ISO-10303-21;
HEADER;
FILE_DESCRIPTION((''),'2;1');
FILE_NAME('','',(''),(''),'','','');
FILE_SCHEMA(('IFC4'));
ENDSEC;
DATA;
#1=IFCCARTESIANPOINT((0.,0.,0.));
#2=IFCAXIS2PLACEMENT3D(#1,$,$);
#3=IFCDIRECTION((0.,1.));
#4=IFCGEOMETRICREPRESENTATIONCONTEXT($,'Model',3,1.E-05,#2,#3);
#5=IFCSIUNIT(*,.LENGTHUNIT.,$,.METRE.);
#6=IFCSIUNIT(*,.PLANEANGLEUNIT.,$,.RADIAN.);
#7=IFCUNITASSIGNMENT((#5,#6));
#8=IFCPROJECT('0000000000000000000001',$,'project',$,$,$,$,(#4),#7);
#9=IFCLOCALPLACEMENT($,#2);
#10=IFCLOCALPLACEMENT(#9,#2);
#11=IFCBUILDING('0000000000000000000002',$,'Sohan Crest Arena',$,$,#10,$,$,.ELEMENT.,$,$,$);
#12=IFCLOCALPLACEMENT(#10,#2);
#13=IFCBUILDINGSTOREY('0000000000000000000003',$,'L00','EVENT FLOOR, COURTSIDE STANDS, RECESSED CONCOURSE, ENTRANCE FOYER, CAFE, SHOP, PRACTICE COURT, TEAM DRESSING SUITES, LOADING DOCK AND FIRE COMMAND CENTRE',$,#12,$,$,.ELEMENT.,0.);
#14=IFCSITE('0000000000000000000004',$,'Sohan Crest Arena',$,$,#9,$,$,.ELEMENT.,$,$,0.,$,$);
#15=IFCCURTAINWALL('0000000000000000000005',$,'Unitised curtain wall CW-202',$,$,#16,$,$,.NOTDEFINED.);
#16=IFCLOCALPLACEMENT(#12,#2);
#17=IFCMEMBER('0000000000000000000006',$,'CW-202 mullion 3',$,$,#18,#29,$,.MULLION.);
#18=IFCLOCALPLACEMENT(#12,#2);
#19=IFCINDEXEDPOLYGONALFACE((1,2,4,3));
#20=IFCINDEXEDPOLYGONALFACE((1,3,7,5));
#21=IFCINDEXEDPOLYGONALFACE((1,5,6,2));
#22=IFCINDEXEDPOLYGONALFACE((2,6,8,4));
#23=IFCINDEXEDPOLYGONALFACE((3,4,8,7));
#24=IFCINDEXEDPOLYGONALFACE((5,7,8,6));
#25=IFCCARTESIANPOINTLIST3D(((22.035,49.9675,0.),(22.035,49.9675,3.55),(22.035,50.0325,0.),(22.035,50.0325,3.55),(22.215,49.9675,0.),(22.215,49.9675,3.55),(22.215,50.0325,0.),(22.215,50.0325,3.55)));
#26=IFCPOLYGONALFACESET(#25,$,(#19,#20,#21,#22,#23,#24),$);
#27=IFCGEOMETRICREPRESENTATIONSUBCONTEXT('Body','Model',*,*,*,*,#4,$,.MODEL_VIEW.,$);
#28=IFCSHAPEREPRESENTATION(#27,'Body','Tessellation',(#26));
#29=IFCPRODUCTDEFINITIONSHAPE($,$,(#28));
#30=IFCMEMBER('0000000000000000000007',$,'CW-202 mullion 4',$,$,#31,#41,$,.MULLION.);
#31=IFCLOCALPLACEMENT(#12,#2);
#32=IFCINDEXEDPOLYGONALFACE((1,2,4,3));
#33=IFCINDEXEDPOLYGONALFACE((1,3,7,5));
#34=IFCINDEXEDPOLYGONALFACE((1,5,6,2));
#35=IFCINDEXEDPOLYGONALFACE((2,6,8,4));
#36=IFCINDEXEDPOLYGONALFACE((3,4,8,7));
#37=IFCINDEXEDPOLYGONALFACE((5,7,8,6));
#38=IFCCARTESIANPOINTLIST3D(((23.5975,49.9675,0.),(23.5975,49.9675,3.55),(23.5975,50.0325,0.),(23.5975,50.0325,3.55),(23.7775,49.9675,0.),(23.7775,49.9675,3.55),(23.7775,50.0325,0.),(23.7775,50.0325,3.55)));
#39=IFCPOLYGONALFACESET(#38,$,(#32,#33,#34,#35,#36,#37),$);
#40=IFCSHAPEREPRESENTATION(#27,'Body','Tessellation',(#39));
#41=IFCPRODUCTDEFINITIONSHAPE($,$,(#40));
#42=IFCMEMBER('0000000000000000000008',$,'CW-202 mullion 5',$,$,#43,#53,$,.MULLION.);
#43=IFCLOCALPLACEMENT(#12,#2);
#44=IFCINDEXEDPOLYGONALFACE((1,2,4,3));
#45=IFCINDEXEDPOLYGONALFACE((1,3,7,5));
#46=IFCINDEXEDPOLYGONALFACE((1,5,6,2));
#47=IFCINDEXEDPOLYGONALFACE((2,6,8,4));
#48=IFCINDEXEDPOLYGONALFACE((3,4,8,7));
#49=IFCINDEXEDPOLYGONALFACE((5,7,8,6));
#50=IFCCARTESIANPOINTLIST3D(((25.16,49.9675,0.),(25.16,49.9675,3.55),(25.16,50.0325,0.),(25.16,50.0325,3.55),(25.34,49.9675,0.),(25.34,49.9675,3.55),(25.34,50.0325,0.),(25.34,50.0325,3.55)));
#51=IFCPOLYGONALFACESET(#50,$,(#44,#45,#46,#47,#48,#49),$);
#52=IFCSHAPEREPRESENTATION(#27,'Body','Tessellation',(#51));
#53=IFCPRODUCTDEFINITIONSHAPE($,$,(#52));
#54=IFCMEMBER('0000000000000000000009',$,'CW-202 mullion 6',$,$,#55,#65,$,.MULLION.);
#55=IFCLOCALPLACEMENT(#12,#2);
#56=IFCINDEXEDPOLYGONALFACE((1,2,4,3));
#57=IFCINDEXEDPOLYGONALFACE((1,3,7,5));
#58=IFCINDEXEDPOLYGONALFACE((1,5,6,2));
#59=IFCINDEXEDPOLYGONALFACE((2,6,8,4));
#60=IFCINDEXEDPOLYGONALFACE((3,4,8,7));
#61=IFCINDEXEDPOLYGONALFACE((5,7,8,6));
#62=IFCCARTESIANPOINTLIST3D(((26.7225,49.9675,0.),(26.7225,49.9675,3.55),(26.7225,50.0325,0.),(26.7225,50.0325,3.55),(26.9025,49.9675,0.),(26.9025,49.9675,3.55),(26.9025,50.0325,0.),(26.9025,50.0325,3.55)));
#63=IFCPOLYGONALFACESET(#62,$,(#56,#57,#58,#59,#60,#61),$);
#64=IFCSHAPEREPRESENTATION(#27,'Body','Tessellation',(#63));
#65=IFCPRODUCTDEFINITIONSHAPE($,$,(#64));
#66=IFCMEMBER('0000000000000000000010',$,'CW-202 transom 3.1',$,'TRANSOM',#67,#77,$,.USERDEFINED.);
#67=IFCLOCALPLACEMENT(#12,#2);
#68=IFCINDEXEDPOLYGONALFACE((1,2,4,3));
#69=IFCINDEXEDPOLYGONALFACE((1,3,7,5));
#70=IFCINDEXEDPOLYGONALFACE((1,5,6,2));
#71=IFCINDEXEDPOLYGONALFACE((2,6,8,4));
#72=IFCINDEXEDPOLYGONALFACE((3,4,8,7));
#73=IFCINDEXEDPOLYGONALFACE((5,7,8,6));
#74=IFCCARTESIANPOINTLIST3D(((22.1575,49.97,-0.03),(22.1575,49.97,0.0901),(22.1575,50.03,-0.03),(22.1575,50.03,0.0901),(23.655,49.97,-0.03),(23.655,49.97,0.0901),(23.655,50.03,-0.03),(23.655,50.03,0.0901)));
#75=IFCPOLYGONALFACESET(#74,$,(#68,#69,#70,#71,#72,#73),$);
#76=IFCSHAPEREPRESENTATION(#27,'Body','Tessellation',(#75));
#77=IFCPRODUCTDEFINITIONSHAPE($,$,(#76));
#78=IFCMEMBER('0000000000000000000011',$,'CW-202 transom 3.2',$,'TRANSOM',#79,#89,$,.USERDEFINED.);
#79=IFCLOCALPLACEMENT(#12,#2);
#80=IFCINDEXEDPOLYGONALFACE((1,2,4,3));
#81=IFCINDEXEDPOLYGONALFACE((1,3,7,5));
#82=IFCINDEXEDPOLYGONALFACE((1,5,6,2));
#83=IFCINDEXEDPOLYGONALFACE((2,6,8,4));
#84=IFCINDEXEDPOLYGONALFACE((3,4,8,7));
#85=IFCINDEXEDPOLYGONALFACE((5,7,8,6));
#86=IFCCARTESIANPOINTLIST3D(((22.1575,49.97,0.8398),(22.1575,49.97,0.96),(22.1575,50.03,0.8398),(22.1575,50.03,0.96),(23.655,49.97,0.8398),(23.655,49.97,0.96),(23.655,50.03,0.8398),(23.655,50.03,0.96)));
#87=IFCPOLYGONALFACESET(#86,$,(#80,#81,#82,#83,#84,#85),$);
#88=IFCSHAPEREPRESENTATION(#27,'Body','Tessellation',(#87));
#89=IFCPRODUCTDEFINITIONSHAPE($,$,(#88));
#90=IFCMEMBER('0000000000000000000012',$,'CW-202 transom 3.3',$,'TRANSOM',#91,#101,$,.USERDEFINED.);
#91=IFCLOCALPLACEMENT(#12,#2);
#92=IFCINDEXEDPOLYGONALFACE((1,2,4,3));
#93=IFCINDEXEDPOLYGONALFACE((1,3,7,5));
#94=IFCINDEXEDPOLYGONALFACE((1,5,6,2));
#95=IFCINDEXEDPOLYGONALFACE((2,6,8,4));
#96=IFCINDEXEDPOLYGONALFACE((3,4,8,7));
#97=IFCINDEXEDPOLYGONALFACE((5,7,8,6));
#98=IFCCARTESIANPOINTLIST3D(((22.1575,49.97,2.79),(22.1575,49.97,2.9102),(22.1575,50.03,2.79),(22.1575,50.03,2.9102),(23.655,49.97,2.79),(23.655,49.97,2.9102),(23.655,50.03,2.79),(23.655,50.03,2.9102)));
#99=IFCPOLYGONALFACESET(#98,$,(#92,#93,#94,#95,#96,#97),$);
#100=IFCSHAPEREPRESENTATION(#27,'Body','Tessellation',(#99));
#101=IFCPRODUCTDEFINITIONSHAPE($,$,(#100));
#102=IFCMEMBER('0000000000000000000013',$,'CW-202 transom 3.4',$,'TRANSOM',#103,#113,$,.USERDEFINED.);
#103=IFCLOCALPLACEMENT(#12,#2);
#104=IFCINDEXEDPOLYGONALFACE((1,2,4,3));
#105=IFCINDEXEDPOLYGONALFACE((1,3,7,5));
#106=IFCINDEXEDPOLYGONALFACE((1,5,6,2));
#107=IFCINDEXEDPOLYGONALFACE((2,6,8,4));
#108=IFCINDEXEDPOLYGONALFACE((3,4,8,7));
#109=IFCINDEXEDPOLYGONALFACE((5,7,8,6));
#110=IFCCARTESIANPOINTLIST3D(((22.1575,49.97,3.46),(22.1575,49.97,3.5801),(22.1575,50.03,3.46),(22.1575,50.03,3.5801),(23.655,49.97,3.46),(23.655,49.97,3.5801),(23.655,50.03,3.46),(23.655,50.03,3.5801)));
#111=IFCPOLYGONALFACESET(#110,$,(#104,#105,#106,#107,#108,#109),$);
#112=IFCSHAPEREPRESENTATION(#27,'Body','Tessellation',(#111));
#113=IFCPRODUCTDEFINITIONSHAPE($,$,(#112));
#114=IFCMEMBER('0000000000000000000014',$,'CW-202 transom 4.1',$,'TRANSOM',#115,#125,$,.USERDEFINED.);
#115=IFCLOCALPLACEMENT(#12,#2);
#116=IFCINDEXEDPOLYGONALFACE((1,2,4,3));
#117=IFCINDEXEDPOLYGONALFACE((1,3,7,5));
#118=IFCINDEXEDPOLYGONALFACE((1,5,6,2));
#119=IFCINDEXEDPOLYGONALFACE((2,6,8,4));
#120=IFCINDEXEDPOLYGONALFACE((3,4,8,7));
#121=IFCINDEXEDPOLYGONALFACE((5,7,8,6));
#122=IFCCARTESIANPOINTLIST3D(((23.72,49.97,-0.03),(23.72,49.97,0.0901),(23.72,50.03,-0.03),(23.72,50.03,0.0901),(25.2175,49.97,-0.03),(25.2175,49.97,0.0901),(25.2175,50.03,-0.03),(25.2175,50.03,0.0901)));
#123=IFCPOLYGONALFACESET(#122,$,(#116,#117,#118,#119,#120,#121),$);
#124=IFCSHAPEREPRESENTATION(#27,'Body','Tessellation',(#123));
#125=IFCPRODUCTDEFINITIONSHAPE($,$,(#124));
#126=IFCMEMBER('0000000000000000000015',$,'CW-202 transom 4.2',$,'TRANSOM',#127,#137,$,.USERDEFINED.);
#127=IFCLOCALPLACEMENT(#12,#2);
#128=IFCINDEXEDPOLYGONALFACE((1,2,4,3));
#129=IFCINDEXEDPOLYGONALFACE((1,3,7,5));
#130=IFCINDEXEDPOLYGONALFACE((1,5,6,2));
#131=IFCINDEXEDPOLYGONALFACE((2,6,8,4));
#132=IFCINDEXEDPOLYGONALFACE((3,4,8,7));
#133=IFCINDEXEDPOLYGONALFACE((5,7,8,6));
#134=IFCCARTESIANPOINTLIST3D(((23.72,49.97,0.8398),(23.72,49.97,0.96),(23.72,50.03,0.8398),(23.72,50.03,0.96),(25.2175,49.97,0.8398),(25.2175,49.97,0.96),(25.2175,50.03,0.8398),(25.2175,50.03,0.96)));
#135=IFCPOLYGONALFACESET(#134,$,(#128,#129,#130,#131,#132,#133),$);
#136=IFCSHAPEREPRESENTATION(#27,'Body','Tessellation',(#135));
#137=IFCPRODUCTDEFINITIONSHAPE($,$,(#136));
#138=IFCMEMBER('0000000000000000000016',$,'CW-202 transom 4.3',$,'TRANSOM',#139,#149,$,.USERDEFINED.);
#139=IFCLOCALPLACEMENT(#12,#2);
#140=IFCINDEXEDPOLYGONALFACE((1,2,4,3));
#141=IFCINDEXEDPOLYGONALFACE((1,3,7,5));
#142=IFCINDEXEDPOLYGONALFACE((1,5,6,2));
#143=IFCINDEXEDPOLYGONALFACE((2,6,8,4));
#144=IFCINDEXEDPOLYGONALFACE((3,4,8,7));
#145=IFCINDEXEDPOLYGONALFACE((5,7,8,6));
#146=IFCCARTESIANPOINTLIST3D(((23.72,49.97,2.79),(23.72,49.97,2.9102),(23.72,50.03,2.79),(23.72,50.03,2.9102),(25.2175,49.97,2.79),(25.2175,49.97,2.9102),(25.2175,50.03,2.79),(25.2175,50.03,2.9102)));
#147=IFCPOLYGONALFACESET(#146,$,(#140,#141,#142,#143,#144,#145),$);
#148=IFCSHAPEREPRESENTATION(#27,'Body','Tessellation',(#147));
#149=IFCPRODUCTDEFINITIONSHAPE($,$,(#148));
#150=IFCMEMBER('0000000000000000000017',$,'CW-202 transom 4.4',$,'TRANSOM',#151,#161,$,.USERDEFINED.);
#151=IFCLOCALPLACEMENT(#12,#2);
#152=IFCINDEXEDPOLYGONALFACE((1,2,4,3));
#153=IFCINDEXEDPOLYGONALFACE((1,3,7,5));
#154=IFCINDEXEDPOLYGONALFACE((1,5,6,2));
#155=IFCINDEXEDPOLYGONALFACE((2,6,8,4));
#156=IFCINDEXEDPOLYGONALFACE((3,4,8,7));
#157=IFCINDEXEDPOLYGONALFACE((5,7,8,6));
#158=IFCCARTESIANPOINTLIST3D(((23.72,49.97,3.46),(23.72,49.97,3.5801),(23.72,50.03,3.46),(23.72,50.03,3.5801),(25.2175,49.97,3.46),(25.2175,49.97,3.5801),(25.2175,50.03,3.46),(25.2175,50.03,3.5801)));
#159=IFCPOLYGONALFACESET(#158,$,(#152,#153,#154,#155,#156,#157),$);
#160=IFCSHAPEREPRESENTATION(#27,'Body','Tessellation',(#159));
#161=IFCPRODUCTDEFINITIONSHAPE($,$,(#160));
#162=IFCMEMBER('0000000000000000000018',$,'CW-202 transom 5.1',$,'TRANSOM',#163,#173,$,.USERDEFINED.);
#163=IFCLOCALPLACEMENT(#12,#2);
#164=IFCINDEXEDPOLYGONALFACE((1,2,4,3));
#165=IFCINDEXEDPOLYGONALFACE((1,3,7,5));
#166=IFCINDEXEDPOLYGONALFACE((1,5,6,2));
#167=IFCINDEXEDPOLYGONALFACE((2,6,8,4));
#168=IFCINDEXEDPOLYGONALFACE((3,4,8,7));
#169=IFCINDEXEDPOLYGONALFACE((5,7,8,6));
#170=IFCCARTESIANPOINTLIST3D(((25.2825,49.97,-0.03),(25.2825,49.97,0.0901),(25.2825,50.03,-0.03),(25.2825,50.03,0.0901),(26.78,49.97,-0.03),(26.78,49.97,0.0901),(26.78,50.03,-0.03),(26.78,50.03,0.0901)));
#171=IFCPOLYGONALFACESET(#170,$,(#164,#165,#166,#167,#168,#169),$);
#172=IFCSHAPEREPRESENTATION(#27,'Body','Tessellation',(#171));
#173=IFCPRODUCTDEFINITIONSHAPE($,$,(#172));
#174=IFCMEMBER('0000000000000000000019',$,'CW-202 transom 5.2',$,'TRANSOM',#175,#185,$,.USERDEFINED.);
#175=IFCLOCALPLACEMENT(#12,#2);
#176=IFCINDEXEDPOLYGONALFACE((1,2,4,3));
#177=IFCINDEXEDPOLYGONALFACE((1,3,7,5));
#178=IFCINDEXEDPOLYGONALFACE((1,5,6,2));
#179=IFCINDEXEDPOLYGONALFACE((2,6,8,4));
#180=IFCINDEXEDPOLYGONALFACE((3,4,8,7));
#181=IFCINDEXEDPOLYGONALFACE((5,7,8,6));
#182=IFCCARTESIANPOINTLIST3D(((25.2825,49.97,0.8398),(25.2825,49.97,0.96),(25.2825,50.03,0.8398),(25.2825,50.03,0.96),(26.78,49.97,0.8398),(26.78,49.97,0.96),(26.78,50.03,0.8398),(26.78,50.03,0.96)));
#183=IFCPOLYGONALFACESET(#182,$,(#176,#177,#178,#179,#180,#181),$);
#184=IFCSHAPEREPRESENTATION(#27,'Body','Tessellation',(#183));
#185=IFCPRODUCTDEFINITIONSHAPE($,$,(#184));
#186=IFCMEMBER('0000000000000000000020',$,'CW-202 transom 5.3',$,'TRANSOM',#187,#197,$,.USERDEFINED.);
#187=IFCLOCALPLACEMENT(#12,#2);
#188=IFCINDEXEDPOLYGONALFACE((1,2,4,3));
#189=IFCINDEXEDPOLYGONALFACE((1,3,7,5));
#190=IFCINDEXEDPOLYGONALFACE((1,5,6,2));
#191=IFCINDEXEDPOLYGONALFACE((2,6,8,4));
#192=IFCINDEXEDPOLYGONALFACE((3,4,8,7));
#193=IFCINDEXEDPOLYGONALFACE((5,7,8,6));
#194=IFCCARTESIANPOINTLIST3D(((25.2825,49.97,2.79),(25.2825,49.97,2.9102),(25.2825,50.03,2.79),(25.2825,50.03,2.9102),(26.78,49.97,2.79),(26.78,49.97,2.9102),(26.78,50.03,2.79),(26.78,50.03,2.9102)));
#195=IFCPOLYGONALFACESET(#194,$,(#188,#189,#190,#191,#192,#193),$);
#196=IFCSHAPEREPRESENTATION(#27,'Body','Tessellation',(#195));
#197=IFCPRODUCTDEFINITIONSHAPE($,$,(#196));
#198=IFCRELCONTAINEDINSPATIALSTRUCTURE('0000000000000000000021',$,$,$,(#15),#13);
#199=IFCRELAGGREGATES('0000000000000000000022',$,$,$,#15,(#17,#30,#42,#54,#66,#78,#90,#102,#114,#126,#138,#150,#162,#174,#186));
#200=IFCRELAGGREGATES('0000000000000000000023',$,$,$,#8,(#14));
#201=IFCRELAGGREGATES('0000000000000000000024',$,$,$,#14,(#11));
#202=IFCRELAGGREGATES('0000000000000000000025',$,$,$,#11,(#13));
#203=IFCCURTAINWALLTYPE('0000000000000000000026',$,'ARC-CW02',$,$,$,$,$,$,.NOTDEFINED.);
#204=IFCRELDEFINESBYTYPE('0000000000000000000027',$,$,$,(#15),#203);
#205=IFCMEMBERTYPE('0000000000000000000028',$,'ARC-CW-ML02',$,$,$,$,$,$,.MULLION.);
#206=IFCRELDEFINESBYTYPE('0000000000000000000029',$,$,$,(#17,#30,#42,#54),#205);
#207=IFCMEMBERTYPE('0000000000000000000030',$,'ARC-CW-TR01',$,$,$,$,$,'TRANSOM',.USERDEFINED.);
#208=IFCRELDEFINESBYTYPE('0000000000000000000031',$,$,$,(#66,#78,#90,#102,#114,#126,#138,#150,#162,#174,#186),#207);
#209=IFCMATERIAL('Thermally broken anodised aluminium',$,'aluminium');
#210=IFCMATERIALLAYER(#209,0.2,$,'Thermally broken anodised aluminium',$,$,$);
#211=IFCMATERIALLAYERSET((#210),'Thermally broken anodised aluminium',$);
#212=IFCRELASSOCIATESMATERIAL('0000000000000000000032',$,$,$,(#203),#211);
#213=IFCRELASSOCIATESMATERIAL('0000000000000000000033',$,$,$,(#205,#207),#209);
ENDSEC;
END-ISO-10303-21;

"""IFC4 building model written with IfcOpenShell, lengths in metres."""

from ifc_helpers import new_model, si_unit, direction, frame, origin, origin_2d, place, context, subcontext, project, spatial, rectangle, extrude, material, layer, layer_set, material_profile, profile_set, type_object, element, aggregate, save


model = new_model("IFC4")

# Units and contexts
model_context = context("Model", 3, precision=1e-05, world=origin(), true_north=direction((0.0, 1.0)))
body_context = subcontext(model_context, "Body", "Model", "MODEL_VIEW")
ifc_project = project(units=[si_unit("LENGTHUNIT", "METRE"), si_unit("PLANEANGLEUNIT", "RADIAN")], contexts=[model_context])

# Site, building, storey
site_placement = place(None, origin())
site = spatial("IfcSite", under=ifc_project, at=site_placement, Name="Sohan Crest Arena", CompositionType="ELEMENT", RefElevation=0.0)
building_placement = place(site_placement, origin())
building = spatial("IfcBuilding", under=site, at=building_placement, Name="Sohan Crest Arena", CompositionType="ELEMENT")
storey_placement = place(building_placement, origin())
storey = spatial("IfcBuildingStorey", under=building, at=storey_placement, Name="L00", Description="EVENT FLOOR, COURTSIDE STANDS, RECESSED CONCOURSE, ENTRANCE FOYER, CAFE, SHOP, PRACTICE COURT, TEAM DRESSING SUITES, LOADING DOCK AND FIRE COMMAND CENTRE", CompositionType="ELEMENT", Elevation=0.0)

# Curtain wall, members
ifc_material_1 = material(Name="Thermally broken anodised aluminium", Category="aluminium")
ifc_layer_1 = layer(ifc_material_1, 0.2, Name="Thermally broken anodised aluminium")
ifc_layer_set_1 = layer_set([ifc_layer_1], Name="Thermally broken anodised aluminium")
curtain_wall_type = type_object("IfcCurtainWallType", Name="ARC-CW02", PredefinedType="NOTDEFINED", material=ifc_layer_set_1)
curtain_wall_placement = place(storey_placement, origin())
curtain_wall = element("IfcCurtainWall", 1, at=curtain_wall_placement, inside=storey, type_object=curtain_wall_type, Name="Unitised curtain wall CW-202", PredefinedType="NOTDEFINED")
ifc_material_profile_1 = material_profile(ifc_material_1, rectangle(XDim=0.0649, YDim=0.1799, at=origin_2d()), Name="ALU-MULL 65x180")
ifc_profile_set_1 = profile_set([ifc_material_profile_1], Name="Thermally broken anodised aluminium")
member_type_1 = type_object("IfcMemberType", Name="ARC-CW-ML02", PredefinedType="MULLION", material=ifc_profile_set_1)
member_1_placement = place(storey_placement, frame((22.125, 50.0, 0.0), z_axis=(0.0, 0.0, 1.0), x_axis=(0.0, 1.0, 0.0)))
member_1 = element("IfcMember", 2, at=member_1_placement, type_object=member_type_1, Name="CW-202 mullion 3", PredefinedType="MULLION", context=body_context, shape_type="SweptSolid", body=[
    extrude(rectangle(XDim=0.0649, YDim=0.1799, at=origin_2d()), origin(), (0.0, 0.0, 1.0), 3.55),
])
member_2_placement = place(storey_placement, frame((23.6875, 50.0, 0.0), z_axis=(0.0, 0.0, 1.0), x_axis=(0.0, 1.0, 0.0)))
member_2 = element("IfcMember", 3, at=member_2_placement, type_object=member_type_1, Name="CW-202 mullion 4", PredefinedType="MULLION", context=body_context, shape_type="SweptSolid", body=[
    extrude(rectangle(XDim=0.0649, YDim=0.1799, at=origin_2d()), origin(), (0.0, 0.0, 1.0), 3.55),
])
member_3_placement = place(storey_placement, frame((25.25, 50.0, 0.0), z_axis=(0.0, 0.0, 1.0), x_axis=(0.0, 1.0, 0.0)))
member_3 = element("IfcMember", 4, at=member_3_placement, type_object=member_type_1, Name="CW-202 mullion 5", PredefinedType="MULLION", context=body_context, shape_type="SweptSolid", body=[
    extrude(rectangle(XDim=0.0649, YDim=0.1799, at=origin_2d()), origin(), (0.0, 0.0, 1.0), 3.55),
])
member_4_placement = place(storey_placement, frame((26.8125, 50.0, 0.0), z_axis=(0.0, 0.0, 1.0), x_axis=(0.0, 1.0, 0.0)))
member_4 = element("IfcMember", 5, at=member_4_placement, type_object=member_type_1, Name="CW-202 mullion 6", PredefinedType="MULLION", context=body_context, shape_type="SweptSolid", body=[
    extrude(rectangle(XDim=0.0649, YDim=0.1799, at=origin_2d()), origin(), (0.0, 0.0, 1.0), 3.55),
])
ifc_material_profile_2 = material_profile(ifc_material_1, rectangle(XDim=0.0601, YDim=0.1201, at=origin_2d()), Name="ALU-TRAN 60x120")
ifc_profile_set_2 = profile_set([ifc_material_profile_2], Name="Thermally broken anodised aluminium")
member_type_2 = type_object("IfcMemberType", Name="ARC-CW-TR01", ElementType="TRANSOM", PredefinedType="USERDEFINED", material=ifc_profile_set_2)
member_5_placement = place(storey_placement, frame((22.1575, 50.0, 0.03), z_axis=(1.0, 0.0, 0.0), x_axis=(0.0, 1.0, 0.0)))
member_5 = element("IfcMember", 6, at=member_5_placement, type_object=member_type_2, Name="CW-202 transom 3.1", ObjectType="TRANSOM", PredefinedType="USERDEFINED", context=body_context, shape_type="SweptSolid", body=[
    extrude(rectangle(XDim=0.0601, YDim=0.1201, at=origin_2d()), origin(), (0.0, 0.0, 1.0), 1.4976),
])
member_6_placement = place(storey_placement, frame((22.1575, 50.0, 0.8999), z_axis=(1.0, 0.0, 0.0), x_axis=(0.0, 1.0, 0.0)))
member_6 = element("IfcMember", 7, at=member_6_placement, type_object=member_type_2, Name="CW-202 transom 3.2", ObjectType="TRANSOM", PredefinedType="USERDEFINED", context=body_context, shape_type="SweptSolid", body=[
    extrude(rectangle(XDim=0.0601, YDim=0.1201, at=origin_2d()), origin(), (0.0, 0.0, 1.0), 1.4976),
])
member_7_placement = place(storey_placement, frame((22.1575, 50.0, 2.8501), z_axis=(1.0, 0.0, 0.0), x_axis=(0.0, 1.0, 0.0)))
member_7 = element("IfcMember", 8, at=member_7_placement, type_object=member_type_2, Name="CW-202 transom 3.3", ObjectType="TRANSOM", PredefinedType="USERDEFINED", context=body_context, shape_type="SweptSolid", body=[
    extrude(rectangle(XDim=0.0601, YDim=0.1201, at=origin_2d()), origin(), (0.0, 0.0, 1.0), 1.4976),
])
member_8_placement = place(storey_placement, frame((22.1575, 50.0, 3.52), z_axis=(1.0, 0.0, 0.0), x_axis=(0.0, 1.0, 0.0)))
member_8 = element("IfcMember", 9, at=member_8_placement, type_object=member_type_2, Name="CW-202 transom 3.4", ObjectType="TRANSOM", PredefinedType="USERDEFINED", context=body_context, shape_type="SweptSolid", body=[
    extrude(rectangle(XDim=0.0601, YDim=0.1201, at=origin_2d()), origin(), (0.0, 0.0, 1.0), 1.4976),
])
member_9_placement = place(storey_placement, frame((23.72, 50.0, 0.03), z_axis=(1.0, 0.0, 0.0), x_axis=(0.0, 1.0, 0.0)))
member_9 = element("IfcMember", 10, at=member_9_placement, type_object=member_type_2, Name="CW-202 transom 4.1", ObjectType="TRANSOM", PredefinedType="USERDEFINED", context=body_context, shape_type="SweptSolid", body=[
    extrude(rectangle(XDim=0.0601, YDim=0.1201, at=origin_2d()), origin(), (0.0, 0.0, 1.0), 1.4976),
])
member_10_placement = place(storey_placement, frame((23.72, 50.0, 0.8999), z_axis=(1.0, 0.0, 0.0), x_axis=(0.0, 1.0, 0.0)))
member_10 = element("IfcMember", 11, at=member_10_placement, type_object=member_type_2, Name="CW-202 transom 4.2", ObjectType="TRANSOM", PredefinedType="USERDEFINED", context=body_context, shape_type="SweptSolid", body=[
    extrude(rectangle(XDim=0.0601, YDim=0.1201, at=origin_2d()), origin(), (0.0, 0.0, 1.0), 1.4976),
])
member_11_placement = place(storey_placement, frame((23.72, 50.0, 2.8501), z_axis=(1.0, 0.0, 0.0), x_axis=(0.0, 1.0, 0.0)))
member_11 = element("IfcMember", 12, at=member_11_placement, type_object=member_type_2, Name="CW-202 transom 4.3", ObjectType="TRANSOM", PredefinedType="USERDEFINED", context=body_context, shape_type="SweptSolid", body=[
    extrude(rectangle(XDim=0.0601, YDim=0.1201, at=origin_2d()), origin(), (0.0, 0.0, 1.0), 1.4976),
])
member_12_placement = place(storey_placement, frame((23.72, 50.0, 3.52), z_axis=(1.0, 0.0, 0.0), x_axis=(0.0, 1.0, 0.0)))
member_12 = element("IfcMember", 13, at=member_12_placement, type_object=member_type_2, Name="CW-202 transom 4.4", ObjectType="TRANSOM", PredefinedType="USERDEFINED", context=body_context, shape_type="SweptSolid", body=[
    extrude(rectangle(XDim=0.0601, YDim=0.1201, at=origin_2d()), origin(), (0.0, 0.0, 1.0), 1.4976),
])
member_13_placement = place(storey_placement, frame((25.2825, 50.0, 0.03), z_axis=(1.0, 0.0, 0.0), x_axis=(0.0, 1.0, 0.0)))
member_13 = element("IfcMember", 14, at=member_13_placement, type_object=member_type_2, Name="CW-202 transom 5.1", ObjectType="TRANSOM", PredefinedType="USERDEFINED", context=body_context, shape_type="SweptSolid", body=[
    extrude(rectangle(XDim=0.0601, YDim=0.1201, at=origin_2d()), origin(), (0.0, 0.0, 1.0), 1.4976),
])
member_14_placement = place(storey_placement, frame((25.2825, 50.0, 0.8999), z_axis=(1.0, 0.0, 0.0), x_axis=(0.0, 1.0, 0.0)))
member_14 = element("IfcMember", 15, at=member_14_placement, type_object=member_type_2, Name="CW-202 transom 5.2", ObjectType="TRANSOM", PredefinedType="USERDEFINED", context=body_context, shape_type="SweptSolid", body=[
    extrude(rectangle(XDim=0.0601, YDim=0.1201, at=origin_2d()), origin(), (0.0, 0.0, 1.0), 1.4976),
])
member_15_placement = place(storey_placement, frame((25.2825, 50.0, 2.8501), z_axis=(1.0, 0.0, 0.0), x_axis=(0.0, 1.0, 0.0)))
member_15 = element("IfcMember", 16, at=member_15_placement, type_object=member_type_2, Name="CW-202 transom 5.3", ObjectType="TRANSOM", PredefinedType="USERDEFINED", context=body_context, shape_type="SweptSolid", body=[
    extrude(rectangle(XDim=0.0601, YDim=0.1201, at=origin_2d()), origin(), (0.0, 0.0, 1.0), 1.4976),
])
aggregate(curtain_wall, [member_1, member_2, member_3, member_4, member_5, member_6, member_7, member_8, member_9, member_10, member_11, member_12, member_13, member_14, member_15])

save(model, "model.ifc")
